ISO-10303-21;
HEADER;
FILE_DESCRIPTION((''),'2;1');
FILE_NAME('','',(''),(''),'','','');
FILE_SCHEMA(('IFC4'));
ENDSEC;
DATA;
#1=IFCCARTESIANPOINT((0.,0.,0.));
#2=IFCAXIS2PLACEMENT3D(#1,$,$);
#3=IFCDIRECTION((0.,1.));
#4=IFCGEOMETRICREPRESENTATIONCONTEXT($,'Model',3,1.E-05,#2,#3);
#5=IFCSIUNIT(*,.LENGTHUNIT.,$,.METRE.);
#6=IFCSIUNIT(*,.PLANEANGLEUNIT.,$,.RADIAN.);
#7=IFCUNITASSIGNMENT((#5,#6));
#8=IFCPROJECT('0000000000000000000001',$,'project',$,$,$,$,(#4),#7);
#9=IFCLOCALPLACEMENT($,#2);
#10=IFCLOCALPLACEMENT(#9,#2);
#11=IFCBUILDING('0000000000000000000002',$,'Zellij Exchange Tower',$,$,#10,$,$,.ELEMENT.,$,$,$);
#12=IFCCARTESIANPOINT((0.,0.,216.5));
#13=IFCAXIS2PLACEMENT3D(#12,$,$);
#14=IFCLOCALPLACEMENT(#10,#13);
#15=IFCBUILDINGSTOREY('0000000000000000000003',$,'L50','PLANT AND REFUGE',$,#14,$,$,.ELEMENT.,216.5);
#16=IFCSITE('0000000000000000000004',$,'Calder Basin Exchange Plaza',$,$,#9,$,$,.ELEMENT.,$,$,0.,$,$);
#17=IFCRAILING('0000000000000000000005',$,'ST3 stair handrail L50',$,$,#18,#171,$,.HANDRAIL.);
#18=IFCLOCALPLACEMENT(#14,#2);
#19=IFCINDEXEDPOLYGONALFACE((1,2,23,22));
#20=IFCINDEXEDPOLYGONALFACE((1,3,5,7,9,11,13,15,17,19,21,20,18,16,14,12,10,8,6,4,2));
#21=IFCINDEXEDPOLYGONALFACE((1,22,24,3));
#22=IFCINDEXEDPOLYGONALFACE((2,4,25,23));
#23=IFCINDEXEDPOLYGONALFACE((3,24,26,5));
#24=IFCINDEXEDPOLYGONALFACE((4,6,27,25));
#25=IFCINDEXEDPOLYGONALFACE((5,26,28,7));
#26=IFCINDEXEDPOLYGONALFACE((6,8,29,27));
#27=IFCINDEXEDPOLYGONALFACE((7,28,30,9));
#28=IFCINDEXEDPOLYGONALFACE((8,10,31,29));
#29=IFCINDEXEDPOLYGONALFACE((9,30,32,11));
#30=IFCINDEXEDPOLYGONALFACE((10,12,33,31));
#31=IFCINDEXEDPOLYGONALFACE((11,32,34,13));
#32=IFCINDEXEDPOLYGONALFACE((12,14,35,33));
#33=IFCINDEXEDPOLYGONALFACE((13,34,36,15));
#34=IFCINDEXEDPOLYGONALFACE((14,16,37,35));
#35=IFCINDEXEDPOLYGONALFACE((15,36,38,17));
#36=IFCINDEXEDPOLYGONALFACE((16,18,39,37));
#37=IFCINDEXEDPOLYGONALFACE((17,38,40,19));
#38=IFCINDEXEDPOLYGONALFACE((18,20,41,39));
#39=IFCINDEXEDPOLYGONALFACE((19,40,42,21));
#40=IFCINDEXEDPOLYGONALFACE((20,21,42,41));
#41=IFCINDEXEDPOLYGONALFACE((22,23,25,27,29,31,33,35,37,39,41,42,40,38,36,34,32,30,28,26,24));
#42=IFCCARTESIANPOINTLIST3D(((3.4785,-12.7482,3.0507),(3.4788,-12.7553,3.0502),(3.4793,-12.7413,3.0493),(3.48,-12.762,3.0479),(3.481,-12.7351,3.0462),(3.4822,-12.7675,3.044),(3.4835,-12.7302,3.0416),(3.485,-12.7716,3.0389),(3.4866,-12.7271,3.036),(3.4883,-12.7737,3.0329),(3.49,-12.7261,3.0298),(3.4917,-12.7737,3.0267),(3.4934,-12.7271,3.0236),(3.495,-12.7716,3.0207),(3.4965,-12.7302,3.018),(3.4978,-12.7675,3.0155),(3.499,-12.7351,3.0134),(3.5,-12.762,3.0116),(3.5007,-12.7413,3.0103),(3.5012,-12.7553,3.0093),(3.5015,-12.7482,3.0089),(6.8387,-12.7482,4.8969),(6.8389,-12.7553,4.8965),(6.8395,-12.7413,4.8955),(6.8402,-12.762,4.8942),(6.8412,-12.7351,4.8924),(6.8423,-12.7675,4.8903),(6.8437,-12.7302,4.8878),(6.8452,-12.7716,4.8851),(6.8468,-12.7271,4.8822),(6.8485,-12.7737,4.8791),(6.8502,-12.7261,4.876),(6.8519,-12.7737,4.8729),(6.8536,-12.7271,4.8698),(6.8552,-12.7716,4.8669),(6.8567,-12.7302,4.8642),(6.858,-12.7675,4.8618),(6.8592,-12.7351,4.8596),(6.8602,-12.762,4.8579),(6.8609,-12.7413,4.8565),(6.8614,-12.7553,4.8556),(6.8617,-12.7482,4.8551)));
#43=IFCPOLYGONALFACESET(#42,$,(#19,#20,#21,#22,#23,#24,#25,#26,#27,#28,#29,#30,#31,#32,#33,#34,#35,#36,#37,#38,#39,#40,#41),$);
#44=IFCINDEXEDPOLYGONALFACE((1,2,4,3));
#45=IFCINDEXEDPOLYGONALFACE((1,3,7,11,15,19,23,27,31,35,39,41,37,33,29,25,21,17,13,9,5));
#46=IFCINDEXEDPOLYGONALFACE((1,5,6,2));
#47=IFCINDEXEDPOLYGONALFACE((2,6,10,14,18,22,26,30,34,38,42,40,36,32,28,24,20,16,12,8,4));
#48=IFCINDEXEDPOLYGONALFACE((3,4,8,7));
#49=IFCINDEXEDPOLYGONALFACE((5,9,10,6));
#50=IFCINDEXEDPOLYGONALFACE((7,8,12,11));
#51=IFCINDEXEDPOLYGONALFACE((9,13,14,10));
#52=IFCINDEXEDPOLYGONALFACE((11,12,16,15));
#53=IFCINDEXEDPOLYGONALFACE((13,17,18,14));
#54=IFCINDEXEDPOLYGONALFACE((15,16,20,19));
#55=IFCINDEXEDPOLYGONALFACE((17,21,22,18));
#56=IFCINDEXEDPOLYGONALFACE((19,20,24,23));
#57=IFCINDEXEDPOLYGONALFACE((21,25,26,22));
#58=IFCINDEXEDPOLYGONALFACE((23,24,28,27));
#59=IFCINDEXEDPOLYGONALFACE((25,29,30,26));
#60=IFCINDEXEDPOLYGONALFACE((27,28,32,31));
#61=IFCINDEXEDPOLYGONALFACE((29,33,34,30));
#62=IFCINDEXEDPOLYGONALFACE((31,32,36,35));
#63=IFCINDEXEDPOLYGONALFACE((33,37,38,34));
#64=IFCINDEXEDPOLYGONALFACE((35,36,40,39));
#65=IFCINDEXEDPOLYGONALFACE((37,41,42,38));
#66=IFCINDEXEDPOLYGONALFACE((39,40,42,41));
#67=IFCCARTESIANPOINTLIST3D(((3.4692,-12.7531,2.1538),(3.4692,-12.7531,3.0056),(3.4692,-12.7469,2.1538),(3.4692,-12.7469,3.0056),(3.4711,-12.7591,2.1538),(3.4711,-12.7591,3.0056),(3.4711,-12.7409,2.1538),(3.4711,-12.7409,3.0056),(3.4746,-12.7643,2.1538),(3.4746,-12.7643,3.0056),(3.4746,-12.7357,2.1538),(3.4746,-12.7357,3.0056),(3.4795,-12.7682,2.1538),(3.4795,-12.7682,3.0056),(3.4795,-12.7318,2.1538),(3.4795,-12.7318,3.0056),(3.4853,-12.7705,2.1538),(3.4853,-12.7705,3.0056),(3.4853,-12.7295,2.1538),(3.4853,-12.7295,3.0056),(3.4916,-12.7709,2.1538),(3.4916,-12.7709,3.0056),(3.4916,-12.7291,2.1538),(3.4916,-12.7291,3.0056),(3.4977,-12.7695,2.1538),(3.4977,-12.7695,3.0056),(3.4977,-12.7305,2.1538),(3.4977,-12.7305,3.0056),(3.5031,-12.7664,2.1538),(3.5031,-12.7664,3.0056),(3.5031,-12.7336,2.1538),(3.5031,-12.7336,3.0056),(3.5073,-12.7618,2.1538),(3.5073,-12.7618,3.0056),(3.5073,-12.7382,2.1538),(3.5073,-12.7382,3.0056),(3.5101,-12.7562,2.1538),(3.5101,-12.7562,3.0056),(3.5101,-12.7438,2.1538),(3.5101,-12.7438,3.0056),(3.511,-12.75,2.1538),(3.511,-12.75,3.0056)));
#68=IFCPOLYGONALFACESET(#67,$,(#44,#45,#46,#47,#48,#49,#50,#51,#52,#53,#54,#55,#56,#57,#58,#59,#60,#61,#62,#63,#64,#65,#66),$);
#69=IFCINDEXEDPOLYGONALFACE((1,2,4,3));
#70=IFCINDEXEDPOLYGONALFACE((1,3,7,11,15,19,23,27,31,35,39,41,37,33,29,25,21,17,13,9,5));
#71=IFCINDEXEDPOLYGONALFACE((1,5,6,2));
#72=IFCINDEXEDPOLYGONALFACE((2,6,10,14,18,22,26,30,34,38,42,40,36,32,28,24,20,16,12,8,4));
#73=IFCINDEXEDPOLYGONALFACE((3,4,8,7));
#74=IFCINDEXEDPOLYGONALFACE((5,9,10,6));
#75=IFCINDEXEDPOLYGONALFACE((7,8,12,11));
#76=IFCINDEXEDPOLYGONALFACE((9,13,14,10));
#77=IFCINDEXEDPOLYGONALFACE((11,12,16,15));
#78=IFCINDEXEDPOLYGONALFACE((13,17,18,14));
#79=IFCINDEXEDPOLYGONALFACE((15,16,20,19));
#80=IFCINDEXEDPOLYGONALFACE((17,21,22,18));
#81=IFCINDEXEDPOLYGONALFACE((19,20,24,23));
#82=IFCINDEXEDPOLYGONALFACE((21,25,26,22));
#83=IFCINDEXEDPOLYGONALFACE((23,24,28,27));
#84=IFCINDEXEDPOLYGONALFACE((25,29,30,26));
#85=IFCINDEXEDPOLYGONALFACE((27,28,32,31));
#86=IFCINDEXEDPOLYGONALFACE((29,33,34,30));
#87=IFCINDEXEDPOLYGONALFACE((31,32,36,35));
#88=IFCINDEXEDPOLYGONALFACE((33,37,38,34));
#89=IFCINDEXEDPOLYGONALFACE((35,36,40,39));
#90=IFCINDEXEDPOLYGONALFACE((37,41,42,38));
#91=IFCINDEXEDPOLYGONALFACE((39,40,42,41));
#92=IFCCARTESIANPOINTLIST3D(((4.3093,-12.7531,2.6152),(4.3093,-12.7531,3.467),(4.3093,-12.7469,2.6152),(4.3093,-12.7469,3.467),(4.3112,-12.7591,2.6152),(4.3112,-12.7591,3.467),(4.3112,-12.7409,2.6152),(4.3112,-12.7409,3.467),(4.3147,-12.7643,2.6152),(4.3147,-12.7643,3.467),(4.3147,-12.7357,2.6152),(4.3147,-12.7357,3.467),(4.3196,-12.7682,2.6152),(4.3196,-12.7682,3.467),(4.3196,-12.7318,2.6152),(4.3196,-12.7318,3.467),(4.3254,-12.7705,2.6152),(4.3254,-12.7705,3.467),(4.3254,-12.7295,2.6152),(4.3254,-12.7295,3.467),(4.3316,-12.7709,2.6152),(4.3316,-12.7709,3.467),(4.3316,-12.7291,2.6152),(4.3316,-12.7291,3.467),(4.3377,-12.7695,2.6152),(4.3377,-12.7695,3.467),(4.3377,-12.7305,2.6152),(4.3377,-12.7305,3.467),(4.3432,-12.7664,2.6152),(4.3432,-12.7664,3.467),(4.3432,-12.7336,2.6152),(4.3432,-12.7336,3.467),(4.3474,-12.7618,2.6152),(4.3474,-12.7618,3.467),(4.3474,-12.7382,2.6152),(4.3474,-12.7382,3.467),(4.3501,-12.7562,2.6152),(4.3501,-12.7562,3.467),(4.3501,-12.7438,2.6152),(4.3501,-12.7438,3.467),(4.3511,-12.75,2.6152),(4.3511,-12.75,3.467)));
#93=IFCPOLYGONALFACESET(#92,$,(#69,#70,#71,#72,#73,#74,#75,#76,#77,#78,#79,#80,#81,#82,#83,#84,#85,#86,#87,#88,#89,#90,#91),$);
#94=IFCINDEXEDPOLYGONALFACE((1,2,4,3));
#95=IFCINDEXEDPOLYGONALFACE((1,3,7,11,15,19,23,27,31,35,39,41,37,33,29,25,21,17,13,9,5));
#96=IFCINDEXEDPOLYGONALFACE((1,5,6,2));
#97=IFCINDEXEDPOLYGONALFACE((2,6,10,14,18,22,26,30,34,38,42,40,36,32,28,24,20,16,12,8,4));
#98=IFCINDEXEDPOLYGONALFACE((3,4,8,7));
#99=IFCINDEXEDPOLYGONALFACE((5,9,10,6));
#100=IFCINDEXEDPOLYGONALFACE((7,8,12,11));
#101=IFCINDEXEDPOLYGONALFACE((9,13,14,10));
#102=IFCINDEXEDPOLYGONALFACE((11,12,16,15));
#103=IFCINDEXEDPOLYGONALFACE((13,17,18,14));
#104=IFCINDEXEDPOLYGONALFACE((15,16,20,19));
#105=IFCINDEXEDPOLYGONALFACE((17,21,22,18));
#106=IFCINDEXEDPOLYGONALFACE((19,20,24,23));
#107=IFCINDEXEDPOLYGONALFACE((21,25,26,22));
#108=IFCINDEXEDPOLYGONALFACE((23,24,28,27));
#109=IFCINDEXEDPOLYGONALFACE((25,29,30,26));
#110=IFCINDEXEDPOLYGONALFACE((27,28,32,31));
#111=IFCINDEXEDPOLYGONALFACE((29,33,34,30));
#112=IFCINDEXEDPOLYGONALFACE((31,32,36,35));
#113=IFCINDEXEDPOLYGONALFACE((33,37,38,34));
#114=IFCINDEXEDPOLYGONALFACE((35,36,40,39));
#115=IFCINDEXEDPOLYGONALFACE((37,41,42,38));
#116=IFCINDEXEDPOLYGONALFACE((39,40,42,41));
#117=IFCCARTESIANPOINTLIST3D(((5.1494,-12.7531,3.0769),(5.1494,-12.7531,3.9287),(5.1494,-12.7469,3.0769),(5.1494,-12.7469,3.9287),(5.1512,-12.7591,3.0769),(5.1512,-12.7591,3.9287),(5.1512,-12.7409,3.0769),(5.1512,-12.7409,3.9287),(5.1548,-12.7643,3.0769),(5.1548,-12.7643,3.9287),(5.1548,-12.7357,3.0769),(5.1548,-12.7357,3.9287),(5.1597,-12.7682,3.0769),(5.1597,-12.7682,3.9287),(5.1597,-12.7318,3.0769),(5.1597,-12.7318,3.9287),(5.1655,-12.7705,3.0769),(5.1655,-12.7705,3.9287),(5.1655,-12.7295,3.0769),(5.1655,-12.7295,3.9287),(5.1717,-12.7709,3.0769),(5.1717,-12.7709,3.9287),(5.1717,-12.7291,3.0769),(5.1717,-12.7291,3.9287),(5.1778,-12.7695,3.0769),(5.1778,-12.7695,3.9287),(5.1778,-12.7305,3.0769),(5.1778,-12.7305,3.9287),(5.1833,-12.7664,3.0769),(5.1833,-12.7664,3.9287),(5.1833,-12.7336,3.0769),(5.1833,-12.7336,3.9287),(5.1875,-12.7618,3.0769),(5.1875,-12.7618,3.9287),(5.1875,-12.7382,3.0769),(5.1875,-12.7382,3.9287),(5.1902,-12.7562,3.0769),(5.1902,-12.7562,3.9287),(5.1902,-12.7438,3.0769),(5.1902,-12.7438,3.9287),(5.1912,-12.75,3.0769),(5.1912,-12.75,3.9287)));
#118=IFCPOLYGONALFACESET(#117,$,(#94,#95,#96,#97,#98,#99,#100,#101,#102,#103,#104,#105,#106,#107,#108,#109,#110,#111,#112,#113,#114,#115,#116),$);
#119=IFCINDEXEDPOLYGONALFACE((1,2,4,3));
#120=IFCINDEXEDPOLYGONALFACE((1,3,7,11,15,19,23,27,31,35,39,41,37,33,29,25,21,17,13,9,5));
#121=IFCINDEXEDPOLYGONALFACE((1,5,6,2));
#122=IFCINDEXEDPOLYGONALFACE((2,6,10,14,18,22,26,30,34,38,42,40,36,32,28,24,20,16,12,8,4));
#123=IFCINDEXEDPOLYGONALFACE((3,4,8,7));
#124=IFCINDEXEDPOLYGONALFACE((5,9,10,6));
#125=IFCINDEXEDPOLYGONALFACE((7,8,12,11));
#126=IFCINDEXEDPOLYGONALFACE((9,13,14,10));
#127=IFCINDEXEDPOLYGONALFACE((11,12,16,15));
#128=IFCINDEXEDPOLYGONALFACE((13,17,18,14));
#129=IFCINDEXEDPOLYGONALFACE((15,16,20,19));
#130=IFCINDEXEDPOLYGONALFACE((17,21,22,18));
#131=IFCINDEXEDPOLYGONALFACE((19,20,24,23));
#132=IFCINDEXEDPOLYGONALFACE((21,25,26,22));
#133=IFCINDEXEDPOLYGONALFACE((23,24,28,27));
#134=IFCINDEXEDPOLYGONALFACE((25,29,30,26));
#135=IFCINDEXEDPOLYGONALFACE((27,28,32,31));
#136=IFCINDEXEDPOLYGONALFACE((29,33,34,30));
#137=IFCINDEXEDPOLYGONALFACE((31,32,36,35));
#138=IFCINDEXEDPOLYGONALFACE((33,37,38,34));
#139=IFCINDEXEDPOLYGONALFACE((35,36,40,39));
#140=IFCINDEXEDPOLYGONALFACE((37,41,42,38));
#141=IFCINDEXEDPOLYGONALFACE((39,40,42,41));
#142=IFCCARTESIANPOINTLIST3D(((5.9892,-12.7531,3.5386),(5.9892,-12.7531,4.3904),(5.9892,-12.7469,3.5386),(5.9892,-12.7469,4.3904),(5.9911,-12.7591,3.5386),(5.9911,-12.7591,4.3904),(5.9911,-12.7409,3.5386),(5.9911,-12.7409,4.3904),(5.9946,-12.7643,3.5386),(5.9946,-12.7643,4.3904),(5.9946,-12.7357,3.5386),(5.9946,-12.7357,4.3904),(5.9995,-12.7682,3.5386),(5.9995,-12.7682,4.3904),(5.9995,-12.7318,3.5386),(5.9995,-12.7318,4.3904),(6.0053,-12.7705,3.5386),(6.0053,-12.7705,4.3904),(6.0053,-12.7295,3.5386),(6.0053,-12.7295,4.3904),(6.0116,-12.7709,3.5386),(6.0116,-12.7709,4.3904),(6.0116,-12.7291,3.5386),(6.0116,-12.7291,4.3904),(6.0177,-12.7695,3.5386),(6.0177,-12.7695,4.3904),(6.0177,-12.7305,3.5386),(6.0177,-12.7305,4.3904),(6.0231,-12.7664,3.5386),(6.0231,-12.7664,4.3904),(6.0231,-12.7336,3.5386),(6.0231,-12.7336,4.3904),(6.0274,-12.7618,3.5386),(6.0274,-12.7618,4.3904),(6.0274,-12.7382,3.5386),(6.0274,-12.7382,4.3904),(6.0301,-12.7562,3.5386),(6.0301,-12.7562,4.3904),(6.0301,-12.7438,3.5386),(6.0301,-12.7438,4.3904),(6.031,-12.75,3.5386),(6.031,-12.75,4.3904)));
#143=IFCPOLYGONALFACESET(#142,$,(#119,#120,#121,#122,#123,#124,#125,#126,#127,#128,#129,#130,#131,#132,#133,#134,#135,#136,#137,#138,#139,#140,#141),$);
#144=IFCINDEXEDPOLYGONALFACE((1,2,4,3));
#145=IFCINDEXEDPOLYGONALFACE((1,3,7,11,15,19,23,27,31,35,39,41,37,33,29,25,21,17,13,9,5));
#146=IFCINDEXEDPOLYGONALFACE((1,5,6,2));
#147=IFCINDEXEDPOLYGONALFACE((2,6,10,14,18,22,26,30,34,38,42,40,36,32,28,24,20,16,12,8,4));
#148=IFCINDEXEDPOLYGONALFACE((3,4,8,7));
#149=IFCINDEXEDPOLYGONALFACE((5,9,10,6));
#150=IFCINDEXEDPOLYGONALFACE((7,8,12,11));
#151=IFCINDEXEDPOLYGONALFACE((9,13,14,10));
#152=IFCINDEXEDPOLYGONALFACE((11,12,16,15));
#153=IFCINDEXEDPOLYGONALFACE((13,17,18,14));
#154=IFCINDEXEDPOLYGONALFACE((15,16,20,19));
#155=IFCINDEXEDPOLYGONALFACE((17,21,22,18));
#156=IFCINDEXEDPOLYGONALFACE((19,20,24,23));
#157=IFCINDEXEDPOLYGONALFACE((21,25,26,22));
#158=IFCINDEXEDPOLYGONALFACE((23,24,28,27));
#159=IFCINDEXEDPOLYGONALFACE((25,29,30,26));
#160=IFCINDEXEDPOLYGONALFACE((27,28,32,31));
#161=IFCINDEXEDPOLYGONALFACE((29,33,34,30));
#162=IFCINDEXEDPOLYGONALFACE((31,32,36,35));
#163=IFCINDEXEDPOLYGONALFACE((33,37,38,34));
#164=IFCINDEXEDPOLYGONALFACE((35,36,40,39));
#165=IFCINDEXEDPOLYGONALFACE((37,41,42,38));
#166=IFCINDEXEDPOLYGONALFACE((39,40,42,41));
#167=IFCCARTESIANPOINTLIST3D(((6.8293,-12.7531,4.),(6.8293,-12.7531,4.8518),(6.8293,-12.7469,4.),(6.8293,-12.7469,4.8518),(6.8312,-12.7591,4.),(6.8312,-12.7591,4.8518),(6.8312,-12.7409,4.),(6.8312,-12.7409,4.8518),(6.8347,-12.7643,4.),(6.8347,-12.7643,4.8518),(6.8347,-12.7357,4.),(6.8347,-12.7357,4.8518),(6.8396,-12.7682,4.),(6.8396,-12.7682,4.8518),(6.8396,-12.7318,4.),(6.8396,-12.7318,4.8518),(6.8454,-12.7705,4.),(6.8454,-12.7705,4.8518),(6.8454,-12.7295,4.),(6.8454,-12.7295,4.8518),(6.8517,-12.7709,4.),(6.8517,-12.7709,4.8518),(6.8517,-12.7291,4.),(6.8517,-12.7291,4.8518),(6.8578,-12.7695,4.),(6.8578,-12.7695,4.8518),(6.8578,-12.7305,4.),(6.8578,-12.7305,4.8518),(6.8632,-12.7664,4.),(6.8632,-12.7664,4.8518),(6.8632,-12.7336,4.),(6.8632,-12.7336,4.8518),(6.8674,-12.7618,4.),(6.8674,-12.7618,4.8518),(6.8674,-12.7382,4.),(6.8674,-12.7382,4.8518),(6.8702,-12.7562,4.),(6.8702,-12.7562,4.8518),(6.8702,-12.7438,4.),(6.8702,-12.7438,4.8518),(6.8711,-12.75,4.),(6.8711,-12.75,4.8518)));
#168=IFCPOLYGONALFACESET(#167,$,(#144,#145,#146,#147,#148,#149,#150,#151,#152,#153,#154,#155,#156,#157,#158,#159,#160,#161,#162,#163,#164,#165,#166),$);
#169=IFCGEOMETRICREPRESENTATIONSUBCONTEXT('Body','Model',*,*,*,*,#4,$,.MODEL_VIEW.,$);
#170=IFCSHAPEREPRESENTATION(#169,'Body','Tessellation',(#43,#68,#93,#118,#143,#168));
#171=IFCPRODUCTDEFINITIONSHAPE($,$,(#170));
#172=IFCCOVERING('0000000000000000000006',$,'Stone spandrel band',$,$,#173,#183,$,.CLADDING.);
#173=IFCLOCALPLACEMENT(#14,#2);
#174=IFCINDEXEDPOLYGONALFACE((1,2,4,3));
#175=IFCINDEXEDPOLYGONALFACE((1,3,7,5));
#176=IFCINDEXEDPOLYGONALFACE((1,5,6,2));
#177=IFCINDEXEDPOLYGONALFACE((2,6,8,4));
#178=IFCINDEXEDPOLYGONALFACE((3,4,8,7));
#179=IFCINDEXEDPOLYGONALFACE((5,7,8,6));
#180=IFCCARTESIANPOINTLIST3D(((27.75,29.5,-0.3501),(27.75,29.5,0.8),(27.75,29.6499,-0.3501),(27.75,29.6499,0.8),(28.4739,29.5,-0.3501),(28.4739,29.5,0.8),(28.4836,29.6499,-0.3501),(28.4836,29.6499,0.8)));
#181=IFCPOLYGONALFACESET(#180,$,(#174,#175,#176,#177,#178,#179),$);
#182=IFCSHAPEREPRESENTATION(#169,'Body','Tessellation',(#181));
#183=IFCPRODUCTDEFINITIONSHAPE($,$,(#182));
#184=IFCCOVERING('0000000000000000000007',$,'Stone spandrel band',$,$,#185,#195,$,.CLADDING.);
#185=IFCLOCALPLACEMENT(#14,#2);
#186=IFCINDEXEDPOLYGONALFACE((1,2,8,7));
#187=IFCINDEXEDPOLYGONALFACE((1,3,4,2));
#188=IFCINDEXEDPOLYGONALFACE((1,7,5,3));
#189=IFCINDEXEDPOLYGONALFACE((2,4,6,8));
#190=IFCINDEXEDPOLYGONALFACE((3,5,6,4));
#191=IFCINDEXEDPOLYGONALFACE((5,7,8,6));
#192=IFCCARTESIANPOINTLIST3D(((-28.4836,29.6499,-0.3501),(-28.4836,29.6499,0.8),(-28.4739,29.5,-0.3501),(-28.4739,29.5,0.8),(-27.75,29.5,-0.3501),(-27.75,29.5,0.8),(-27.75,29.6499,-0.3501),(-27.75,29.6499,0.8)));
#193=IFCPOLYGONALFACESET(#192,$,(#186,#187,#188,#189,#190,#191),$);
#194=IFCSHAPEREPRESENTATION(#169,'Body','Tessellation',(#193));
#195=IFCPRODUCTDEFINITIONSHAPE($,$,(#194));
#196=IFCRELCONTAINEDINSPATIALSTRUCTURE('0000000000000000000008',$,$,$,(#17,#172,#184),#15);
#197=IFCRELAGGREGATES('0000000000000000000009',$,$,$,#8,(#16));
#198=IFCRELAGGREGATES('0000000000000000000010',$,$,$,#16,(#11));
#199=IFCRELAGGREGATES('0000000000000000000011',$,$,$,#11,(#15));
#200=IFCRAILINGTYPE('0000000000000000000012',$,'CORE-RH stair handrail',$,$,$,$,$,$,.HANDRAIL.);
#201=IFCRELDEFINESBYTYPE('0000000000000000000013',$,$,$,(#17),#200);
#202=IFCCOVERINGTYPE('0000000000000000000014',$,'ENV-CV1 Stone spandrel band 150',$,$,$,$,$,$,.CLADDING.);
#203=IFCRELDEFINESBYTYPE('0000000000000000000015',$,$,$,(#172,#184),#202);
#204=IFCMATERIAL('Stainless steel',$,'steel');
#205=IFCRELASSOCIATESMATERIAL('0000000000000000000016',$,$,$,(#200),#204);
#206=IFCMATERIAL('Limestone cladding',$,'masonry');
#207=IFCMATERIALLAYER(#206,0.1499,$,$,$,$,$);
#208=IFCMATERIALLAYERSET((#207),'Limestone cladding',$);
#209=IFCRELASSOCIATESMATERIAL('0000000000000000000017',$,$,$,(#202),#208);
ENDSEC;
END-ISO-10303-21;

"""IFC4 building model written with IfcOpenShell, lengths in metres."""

from ifc_helpers import new_model, si_unit, direction, frame, origin, origin_2d, place, context, subcontext, project, spatial, polyline, circle, outline, extrude, material, layer, layer_set, type_object, element, save


model = new_model("IFC4")

# Units and contexts
model_context = context("Model", 3, precision=1e-05, world=origin(), true_north=direction((0.0, 1.0)))
body_context = subcontext(model_context, "Body", "Model", "MODEL_VIEW")
ifc_project = project(units=[si_unit("LENGTHUNIT", "METRE"), si_unit("PLANEANGLEUNIT", "RADIAN")], contexts=[model_context])

# Site, building, storey
site_placement = place(None, origin())
site = spatial("IfcSite", under=ifc_project, at=site_placement, Name="Calder Basin Exchange Plaza", CompositionType="ELEMENT", RefElevation=0.0)
building_placement = place(site_placement, origin())
building = spatial("IfcBuilding", under=site, at=building_placement, Name="Zellij Exchange Tower", CompositionType="ELEMENT")
storey_placement = place(building_placement, frame((0.0, 0.0, 216.5)))
storey = spatial("IfcBuildingStorey", under=building, at=storey_placement, Name="L50", Description="PLANT AND REFUGE", CompositionType="ELEMENT", Elevation=216.5)

# Railing
ifc_material_1 = material(Name="Stainless steel", Category="steel")
railing_type_1 = type_object("IfcRailingType", Name="CORE-RH stair handrail", PredefinedType="HANDRAIL", material=ifc_material_1)
railing_1_placement = place(storey_placement, frame((3.49, -12.75, 2.1538)))
element("IfcRailing", 1, at=railing_1_placement, inside=storey, type_object=railing_type_1, Name="ST3 stair handrail L50", PredefinedType="HANDRAIL", context=body_context, shape_type="SweptSolid", body=[
    extrude(circle(Radius=0.0239, at=origin_2d()), frame((0.0, 0.0, 0.876), z_axis=(0.876422, 0.0, 0.481545), x_axis=(0.0, 1.0, 0.0)), (0.0, 0.0, 1.0), 3.834),
    extrude(circle(Radius=0.021, at=origin_2d()), origin(), (0.0, 0.0, 1.0), 0.8518),
    extrude(circle(Radius=0.021, at=origin_2d()), frame((0.8401, 0.0, 0.4614)), (0.0, 0.0, 1.0), 0.8518),
    extrude(circle(Radius=0.021, at=origin_2d()), frame((1.6802, 0.0, 0.9231)), (0.0, 0.0, 1.0), 0.8518),
    extrude(circle(Radius=0.021, at=origin_2d()), frame((2.52, 0.0, 1.3848)), (0.0, 0.0, 1.0), 0.8518),
    extrude(circle(Radius=0.021, at=origin_2d()), frame((3.3601, 0.0, 1.8462)), (0.0, 0.0, 1.0), 0.8518),
])

# Coverings
ifc_material_2 = material(Name="Limestone cladding", Category="masonry")
ifc_layer_1 = layer(ifc_material_2, 0.1499)
ifc_layer_set_1 = layer_set([ifc_layer_1], Name="Limestone cladding")
covering_type_1 = type_object("IfcCoveringType", Name="ENV-CV1 Stone spandrel band 150", PredefinedType="CLADDING", material=ifc_layer_set_1)
covering_1_placement = place(storey_placement, frame((0.0, 0.0, -0.3501)))
element("IfcCovering", 2, at=covering_1_placement, inside=storey, type_object=covering_type_1, Name="Stone spandrel band", PredefinedType="CLADDING", context=body_context, shape_type="SweptSolid", body=[
    extrude(outline(polyline([(28.4739, 29.5), (27.75, 29.5), (27.75, 29.6499), (28.4836, 29.6499), (28.4739, 29.5)])), origin(), (0.0, 0.0, 1.0), 1.1501),
])
covering_2_placement = place(storey_placement, frame((0.0, 0.0, -0.3501)))
element("IfcCovering", 3, at=covering_2_placement, inside=storey, type_object=covering_type_1, Name="Stone spandrel band", PredefinedType="CLADDING", context=body_context, shape_type="SweptSolid", body=[
    extrude(outline(polyline([(-27.75, 29.5), (-28.4739, 29.5), (-28.4836, 29.6499), (-27.75, 29.6499), (-27.75, 29.5)])), origin(), (0.0, 0.0, 1.0), 1.1501),
])

save(model, "model.ifc")
